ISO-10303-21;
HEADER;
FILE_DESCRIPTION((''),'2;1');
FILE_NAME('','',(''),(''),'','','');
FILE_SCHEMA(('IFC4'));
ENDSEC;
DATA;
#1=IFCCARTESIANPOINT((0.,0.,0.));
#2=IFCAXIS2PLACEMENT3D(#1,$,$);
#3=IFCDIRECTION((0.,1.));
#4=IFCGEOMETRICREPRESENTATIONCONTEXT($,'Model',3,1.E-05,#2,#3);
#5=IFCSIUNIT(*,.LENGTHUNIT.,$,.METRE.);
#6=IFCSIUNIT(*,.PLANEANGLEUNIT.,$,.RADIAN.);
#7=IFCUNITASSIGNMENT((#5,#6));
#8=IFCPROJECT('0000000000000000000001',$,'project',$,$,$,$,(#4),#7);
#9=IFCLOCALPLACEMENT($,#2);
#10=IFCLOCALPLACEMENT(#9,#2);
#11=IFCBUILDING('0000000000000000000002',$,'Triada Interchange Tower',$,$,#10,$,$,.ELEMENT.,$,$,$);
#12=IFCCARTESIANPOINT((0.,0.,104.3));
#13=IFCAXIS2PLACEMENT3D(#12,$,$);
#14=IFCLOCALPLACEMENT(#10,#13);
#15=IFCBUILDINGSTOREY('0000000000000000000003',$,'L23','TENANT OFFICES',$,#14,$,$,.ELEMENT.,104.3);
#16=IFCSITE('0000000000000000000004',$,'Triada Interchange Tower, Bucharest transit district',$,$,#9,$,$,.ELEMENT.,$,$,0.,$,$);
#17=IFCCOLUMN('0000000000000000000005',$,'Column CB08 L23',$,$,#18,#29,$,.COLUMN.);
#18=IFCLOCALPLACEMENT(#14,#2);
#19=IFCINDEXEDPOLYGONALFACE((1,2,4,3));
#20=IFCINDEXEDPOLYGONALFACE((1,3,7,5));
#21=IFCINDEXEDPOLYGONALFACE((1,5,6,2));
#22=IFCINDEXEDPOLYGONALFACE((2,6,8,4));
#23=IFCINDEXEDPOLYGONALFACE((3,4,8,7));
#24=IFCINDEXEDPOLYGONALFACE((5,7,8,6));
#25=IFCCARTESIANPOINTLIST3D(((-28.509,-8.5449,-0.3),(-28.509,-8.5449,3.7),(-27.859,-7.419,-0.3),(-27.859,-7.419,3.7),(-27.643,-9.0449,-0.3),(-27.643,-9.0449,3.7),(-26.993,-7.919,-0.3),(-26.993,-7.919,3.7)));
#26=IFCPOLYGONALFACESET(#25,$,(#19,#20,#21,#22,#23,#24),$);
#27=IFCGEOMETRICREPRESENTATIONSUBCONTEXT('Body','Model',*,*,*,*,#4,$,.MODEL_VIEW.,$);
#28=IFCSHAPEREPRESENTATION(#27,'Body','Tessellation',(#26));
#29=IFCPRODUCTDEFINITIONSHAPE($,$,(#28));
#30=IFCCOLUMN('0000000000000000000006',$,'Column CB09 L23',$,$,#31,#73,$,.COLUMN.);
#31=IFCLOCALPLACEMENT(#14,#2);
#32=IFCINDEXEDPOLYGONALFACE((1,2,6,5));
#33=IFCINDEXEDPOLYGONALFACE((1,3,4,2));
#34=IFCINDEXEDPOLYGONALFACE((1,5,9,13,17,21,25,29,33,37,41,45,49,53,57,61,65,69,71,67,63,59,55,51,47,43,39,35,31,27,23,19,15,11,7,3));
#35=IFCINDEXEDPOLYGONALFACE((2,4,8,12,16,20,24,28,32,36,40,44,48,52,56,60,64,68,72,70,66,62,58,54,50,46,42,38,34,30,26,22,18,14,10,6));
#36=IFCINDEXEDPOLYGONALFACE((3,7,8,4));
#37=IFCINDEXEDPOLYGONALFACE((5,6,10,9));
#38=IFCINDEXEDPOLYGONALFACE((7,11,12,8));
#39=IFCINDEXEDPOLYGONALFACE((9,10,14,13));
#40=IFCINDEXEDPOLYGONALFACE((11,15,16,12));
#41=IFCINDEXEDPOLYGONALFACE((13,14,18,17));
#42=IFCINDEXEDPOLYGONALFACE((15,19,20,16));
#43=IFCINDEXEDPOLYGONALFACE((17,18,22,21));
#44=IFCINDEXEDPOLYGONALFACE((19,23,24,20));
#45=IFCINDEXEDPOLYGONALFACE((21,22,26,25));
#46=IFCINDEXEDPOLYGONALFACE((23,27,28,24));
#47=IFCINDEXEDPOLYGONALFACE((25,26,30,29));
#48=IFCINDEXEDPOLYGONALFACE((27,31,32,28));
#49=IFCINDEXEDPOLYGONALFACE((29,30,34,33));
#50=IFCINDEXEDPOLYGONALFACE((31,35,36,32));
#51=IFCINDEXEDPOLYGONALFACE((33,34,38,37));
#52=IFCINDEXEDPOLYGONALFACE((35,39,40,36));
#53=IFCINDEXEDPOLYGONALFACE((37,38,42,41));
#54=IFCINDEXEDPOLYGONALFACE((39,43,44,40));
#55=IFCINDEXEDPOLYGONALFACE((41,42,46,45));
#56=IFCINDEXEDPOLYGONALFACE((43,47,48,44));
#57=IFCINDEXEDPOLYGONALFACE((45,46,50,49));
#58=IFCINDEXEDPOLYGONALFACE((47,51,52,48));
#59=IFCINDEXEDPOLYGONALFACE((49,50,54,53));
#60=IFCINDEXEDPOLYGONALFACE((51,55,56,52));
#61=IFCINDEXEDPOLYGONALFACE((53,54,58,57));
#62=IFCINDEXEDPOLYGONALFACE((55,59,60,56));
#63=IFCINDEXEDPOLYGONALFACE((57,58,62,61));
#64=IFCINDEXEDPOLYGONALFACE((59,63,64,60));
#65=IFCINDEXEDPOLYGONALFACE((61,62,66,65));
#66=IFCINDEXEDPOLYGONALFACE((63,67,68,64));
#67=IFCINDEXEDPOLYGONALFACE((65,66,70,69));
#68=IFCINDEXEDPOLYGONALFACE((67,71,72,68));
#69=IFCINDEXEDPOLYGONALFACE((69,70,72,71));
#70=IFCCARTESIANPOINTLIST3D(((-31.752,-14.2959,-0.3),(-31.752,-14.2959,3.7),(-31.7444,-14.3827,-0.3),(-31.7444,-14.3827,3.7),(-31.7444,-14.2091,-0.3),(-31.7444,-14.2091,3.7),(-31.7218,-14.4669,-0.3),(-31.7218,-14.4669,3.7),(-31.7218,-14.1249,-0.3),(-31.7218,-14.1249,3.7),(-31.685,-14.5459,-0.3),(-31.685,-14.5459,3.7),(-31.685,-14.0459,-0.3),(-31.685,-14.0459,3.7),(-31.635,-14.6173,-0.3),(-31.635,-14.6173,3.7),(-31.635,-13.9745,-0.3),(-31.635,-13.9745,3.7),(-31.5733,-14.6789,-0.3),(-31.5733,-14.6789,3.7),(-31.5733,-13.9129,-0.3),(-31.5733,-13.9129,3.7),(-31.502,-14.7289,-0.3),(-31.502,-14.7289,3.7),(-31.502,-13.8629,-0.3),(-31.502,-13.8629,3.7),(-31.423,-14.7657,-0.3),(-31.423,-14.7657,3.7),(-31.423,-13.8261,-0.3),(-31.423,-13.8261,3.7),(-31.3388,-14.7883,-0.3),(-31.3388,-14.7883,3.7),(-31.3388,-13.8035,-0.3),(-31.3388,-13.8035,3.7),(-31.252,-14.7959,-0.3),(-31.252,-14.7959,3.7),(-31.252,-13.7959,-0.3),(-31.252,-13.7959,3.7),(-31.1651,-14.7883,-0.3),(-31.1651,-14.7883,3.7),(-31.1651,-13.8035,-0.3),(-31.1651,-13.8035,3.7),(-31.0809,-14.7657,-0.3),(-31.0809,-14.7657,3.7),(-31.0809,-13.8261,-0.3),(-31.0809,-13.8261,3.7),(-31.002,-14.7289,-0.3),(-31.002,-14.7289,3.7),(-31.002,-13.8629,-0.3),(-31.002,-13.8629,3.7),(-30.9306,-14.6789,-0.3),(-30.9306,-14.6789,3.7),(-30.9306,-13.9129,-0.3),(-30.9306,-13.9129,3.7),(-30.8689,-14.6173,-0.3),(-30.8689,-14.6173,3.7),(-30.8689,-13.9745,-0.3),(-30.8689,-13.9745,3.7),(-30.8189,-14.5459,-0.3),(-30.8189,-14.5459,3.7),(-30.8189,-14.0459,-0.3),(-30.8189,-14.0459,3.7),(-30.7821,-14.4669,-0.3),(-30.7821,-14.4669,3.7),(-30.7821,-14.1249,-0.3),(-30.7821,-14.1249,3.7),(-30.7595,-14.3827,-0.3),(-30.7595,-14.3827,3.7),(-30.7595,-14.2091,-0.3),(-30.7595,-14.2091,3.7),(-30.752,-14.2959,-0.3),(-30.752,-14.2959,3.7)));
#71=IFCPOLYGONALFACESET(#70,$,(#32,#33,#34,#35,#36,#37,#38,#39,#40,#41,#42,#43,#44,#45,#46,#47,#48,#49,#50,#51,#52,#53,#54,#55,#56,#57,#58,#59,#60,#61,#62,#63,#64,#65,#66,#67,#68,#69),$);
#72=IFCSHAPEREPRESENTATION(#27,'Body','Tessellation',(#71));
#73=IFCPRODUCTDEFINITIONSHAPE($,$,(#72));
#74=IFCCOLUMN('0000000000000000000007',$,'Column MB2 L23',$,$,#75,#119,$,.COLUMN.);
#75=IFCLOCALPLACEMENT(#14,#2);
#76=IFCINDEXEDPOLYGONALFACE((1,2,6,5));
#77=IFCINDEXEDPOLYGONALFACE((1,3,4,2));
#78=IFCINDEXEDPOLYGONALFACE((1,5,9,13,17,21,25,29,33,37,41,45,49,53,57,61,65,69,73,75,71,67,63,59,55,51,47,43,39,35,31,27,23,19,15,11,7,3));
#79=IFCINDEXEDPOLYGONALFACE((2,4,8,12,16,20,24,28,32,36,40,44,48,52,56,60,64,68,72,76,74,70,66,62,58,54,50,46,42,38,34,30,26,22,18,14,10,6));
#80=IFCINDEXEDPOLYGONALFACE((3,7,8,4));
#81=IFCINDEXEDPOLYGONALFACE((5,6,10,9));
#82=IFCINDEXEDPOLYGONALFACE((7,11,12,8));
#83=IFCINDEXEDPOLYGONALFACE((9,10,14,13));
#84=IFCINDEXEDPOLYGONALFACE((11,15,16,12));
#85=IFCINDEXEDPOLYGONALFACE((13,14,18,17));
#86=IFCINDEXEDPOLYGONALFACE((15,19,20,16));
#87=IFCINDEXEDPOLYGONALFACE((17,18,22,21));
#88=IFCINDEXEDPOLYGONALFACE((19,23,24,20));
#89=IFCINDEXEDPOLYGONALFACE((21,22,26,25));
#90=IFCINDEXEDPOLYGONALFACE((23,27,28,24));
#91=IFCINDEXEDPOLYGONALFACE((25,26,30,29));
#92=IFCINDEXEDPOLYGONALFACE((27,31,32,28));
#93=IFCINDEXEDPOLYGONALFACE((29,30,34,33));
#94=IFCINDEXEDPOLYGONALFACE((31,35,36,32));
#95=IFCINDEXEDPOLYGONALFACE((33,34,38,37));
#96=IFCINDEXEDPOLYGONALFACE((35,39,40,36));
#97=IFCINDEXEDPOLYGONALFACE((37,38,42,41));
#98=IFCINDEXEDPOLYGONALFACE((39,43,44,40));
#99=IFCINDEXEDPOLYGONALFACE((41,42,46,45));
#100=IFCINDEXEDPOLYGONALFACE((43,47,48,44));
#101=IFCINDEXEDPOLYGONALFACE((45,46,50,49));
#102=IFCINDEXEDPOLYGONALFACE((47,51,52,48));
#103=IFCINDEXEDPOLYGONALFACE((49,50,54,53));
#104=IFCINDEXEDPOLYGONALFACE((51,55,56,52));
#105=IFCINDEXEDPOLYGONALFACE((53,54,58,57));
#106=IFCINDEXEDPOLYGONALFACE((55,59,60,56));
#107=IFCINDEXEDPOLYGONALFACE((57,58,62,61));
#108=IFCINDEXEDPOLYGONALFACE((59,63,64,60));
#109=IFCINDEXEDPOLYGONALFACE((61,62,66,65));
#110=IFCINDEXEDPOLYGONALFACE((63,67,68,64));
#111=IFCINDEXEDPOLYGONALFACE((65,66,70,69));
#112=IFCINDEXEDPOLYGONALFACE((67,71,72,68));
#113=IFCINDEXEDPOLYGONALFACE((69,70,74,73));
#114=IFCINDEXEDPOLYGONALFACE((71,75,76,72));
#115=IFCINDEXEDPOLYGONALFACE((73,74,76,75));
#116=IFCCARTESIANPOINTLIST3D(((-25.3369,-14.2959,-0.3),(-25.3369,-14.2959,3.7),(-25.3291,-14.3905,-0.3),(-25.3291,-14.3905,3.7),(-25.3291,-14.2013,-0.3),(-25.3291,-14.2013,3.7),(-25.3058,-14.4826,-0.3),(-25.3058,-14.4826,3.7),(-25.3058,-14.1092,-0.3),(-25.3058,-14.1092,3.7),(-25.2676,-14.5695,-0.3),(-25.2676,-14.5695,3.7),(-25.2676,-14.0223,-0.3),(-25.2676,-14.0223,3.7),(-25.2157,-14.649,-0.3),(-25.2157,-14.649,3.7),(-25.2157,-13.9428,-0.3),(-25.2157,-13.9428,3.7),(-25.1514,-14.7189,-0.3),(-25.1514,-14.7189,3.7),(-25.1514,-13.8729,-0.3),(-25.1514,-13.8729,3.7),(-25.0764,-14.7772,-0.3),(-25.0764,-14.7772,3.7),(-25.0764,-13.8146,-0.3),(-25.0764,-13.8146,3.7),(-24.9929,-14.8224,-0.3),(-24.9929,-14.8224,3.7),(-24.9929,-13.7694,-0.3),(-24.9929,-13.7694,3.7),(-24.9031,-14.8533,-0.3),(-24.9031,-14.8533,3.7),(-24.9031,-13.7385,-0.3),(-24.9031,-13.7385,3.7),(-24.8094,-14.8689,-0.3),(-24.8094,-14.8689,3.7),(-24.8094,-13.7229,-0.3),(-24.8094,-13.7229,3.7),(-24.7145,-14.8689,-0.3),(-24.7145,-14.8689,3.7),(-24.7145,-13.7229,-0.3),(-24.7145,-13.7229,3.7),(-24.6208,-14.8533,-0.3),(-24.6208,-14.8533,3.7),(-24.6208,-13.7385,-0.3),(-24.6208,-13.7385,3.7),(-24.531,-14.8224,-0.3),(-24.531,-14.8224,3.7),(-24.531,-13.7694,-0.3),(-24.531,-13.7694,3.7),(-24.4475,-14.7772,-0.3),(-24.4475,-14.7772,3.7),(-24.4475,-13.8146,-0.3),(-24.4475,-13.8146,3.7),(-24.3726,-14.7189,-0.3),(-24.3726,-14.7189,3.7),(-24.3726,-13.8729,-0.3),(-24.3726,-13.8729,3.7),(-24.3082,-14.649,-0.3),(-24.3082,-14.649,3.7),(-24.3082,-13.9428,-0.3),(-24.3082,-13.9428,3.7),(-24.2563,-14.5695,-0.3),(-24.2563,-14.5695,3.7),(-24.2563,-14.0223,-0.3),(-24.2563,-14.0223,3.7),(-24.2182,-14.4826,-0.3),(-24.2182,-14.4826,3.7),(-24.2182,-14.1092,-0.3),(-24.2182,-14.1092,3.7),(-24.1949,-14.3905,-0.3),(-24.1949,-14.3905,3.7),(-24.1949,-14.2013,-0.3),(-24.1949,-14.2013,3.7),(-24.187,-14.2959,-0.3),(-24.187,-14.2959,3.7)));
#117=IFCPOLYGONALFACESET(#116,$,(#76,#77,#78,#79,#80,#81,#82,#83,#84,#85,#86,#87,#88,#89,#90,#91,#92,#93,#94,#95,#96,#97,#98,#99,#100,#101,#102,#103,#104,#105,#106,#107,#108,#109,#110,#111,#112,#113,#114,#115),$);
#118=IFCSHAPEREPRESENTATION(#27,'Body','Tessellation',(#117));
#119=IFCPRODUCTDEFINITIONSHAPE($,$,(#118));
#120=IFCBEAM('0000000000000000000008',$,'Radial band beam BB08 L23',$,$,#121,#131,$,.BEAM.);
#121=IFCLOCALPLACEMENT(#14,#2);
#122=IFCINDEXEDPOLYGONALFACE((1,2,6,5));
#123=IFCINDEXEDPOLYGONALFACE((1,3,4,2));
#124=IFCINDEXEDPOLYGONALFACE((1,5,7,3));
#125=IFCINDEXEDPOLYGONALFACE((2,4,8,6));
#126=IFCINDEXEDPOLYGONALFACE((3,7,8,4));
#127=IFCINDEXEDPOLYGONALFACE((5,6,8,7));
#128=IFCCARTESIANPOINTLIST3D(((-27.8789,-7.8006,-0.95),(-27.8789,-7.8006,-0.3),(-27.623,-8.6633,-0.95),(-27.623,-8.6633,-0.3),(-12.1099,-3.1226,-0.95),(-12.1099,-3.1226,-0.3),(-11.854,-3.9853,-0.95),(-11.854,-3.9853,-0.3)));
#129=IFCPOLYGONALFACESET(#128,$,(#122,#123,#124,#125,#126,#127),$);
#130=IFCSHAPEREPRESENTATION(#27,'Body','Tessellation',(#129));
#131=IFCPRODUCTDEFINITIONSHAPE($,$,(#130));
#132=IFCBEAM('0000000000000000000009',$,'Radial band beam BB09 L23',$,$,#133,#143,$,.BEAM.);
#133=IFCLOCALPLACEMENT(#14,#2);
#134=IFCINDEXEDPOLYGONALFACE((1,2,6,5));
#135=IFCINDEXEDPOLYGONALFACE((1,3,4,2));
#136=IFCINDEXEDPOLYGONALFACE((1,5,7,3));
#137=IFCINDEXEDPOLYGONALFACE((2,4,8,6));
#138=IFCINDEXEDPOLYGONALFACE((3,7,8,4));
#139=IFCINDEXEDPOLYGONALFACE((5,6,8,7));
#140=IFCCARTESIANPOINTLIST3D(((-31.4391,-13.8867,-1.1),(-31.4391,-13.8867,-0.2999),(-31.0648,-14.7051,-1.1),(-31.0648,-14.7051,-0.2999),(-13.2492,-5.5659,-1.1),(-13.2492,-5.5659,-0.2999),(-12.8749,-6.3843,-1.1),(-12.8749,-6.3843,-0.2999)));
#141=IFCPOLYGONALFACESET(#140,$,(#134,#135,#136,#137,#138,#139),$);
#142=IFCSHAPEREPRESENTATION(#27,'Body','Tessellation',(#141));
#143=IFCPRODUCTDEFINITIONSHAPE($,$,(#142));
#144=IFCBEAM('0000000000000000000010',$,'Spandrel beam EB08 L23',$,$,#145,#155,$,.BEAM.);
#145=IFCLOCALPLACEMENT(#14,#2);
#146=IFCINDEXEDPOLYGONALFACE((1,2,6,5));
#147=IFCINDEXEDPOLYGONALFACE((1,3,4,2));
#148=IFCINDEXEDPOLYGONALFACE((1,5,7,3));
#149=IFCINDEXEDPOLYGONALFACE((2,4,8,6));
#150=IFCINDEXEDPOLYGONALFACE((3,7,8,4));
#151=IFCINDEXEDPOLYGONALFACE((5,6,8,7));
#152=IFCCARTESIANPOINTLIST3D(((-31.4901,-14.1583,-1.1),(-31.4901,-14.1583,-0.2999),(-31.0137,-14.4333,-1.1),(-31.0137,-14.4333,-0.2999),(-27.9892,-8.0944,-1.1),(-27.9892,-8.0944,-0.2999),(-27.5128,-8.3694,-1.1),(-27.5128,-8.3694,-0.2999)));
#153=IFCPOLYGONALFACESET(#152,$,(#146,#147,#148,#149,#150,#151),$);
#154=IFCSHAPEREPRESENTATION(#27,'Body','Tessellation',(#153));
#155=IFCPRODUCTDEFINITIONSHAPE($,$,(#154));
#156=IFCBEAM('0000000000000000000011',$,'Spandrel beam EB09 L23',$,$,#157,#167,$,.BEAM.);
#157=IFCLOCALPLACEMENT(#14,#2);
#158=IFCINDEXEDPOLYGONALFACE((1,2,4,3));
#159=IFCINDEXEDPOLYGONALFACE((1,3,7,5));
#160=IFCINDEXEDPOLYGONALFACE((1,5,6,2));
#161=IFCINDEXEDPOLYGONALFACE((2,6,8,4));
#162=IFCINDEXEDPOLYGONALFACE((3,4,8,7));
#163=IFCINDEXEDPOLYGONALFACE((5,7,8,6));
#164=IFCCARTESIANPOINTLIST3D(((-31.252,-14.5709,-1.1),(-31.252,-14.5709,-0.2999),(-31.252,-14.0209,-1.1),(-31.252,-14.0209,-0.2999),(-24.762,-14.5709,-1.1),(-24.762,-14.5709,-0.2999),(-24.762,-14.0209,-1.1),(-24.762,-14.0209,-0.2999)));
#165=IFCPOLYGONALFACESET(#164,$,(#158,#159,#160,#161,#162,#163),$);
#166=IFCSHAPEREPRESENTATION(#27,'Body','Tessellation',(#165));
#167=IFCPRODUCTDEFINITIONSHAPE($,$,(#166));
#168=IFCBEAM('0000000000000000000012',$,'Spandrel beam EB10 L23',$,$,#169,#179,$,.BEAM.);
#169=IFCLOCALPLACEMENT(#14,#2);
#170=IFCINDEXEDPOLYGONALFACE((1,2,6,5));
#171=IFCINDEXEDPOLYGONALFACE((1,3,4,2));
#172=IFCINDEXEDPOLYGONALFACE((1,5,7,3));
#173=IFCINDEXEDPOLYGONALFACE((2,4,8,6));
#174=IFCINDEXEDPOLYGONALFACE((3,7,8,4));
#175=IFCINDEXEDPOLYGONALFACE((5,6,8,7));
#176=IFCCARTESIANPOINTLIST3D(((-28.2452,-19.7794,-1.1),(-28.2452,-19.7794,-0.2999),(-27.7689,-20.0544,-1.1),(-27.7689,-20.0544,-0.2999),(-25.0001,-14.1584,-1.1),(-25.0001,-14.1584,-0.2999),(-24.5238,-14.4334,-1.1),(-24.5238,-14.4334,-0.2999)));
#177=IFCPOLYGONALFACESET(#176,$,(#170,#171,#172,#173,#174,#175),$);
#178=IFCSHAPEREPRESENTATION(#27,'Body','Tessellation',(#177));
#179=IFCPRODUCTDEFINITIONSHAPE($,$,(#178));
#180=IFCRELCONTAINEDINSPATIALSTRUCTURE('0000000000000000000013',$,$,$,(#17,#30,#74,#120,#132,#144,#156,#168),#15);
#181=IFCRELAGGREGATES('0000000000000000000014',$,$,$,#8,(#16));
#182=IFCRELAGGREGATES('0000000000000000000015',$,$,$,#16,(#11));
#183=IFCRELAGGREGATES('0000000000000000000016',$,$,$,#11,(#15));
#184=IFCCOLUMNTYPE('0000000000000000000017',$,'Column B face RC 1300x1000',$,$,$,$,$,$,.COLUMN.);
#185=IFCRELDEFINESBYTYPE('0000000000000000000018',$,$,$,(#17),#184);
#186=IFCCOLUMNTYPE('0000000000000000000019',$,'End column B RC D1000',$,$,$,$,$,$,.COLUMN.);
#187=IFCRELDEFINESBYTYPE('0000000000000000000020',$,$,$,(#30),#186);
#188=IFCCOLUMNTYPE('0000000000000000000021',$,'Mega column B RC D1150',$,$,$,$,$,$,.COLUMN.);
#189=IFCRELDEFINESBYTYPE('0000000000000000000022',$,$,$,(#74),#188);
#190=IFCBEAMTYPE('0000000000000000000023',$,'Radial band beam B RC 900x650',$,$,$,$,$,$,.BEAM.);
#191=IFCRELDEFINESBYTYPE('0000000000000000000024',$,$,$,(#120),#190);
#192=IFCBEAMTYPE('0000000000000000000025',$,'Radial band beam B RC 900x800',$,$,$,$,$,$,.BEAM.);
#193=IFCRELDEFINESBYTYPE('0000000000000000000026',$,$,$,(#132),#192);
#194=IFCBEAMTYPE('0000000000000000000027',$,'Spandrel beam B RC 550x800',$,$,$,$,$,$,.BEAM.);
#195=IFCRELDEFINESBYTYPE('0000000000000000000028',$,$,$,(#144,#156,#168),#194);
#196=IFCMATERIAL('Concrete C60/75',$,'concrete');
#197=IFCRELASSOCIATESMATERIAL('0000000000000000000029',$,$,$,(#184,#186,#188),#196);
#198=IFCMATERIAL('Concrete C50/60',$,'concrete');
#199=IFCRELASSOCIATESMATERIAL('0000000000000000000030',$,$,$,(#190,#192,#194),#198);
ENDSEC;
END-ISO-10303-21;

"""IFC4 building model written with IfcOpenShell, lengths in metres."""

from ifc_helpers import new_model, si_unit, direction, frame, origin, origin_2d, place, context, subcontext, project, spatial, rectangle, circle, extrude, material, material_profile, profile_set, type_object, element, save


model = new_model("IFC4")

# Units and contexts
model_context = context("Model", 3, precision=1e-05, world=origin(), true_north=direction((0.0, 1.0)))
body_context = subcontext(model_context, "Body", "Model", "MODEL_VIEW")
ifc_project = project(units=[si_unit("LENGTHUNIT", "METRE"), si_unit("PLANEANGLEUNIT", "RADIAN")], contexts=[model_context])

# Site, building, storey
site_placement = place(None, origin())
site = spatial("IfcSite", under=ifc_project, at=site_placement, Name="Triada Interchange Tower, Bucharest transit district", CompositionType="ELEMENT", RefElevation=0.0)
building_placement = place(site_placement, origin())
building = spatial("IfcBuilding", under=site, at=building_placement, Name="Triada Interchange Tower", CompositionType="ELEMENT")
storey_placement = place(building_placement, frame((0.0, 0.0, 104.3)))
storey = spatial("IfcBuildingStorey", under=building, at=storey_placement, Name="L23", Description="TENANT OFFICES", CompositionType="ELEMENT", Elevation=104.3)

# Columns
ifc_material_1 = material(Name="Concrete C60/75", Category="concrete")
ifc_material_profile_1 = material_profile(ifc_material_1, rectangle(XDim=1.3, YDim=1.0, at=origin_2d()), Name="RC 1300x1000")
ifc_profile_set_1 = profile_set([ifc_material_profile_1], Name="Concrete C60/75")
column_type_1 = type_object("IfcColumnType", Name="Column B face RC 1300x1000", PredefinedType="COLUMN", material=ifc_profile_set_1)
column_1_placement = place(storey_placement, frame((-27.751, -8.2319, -0.3), z_axis=(0.0, 0.0, 1.0), x_axis=(0.5, 0.866025, 0.0)))
element("IfcColumn", 1, at=column_1_placement, inside=storey, type_object=column_type_1, Name="Column CB08 L23", PredefinedType="COLUMN", context=body_context, shape_type="SweptSolid", body=[
    extrude(rectangle(XDim=1.3, YDim=1.0, at=origin_2d()), origin(), (0.0, 0.0, 1.0), 4.0),
])
ifc_material_profile_2 = material_profile(ifc_material_1, circle(Radius=0.5, at=origin_2d()), Name="RC D1000")
ifc_profile_set_2 = profile_set([ifc_material_profile_2], Name="Concrete C60/75")
column_type_2 = type_object("IfcColumnType", Name="End column B RC D1000", PredefinedType="COLUMN", material=ifc_profile_set_2)
column_2_placement = place(storey_placement, frame((-31.252, -14.2959, -0.3), z_axis=(0.0, 0.0, 1.0), x_axis=(0.5, 0.866025, 0.0)))
element("IfcColumn", 2, at=column_2_placement, inside=storey, type_object=column_type_2, Name="Column CB09 L23", PredefinedType="COLUMN", context=body_context, shape_type="SweptSolid", body=[
    extrude(circle(Radius=0.5, at=origin_2d()), origin(), (0.0, 0.0, 1.0), 4.0),
])
ifc_material_profile_3 = material_profile(ifc_material_1, circle(Radius=0.575, at=origin_2d()), Name="RC D1150")
ifc_profile_set_3 = profile_set([ifc_material_profile_3], Name="Concrete C60/75")
column_type_3 = type_object("IfcColumnType", Name="Mega column B RC D1150", PredefinedType="COLUMN", material=ifc_profile_set_3)
column_3_placement = place(storey_placement, frame((-24.762, -14.2959, -0.3), z_axis=(0.0, 0.0, 1.0), x_axis=(1.0, 0.0, 0.0)))
element("IfcColumn", 3, at=column_3_placement, inside=storey, type_object=column_type_3, Name="Column MB2 L23", PredefinedType="COLUMN", context=body_context, shape_type="SweptSolid", body=[
    extrude(circle(Radius=0.575, at=origin_2d()), origin(), (0.0, 0.0, 1.0), 4.0),
])

# Beams
ifc_material_2 = material(Name="Concrete C50/60", Category="concrete")
ifc_material_profile_4 = material_profile(ifc_material_2, rectangle(XDim=0.8999, YDim=0.6499, at=origin_2d()), Name="RC 900x650")
ifc_profile_set_4 = profile_set([ifc_material_profile_4], Name="Concrete C50/60")
beam_type_1 = type_object("IfcBeamType", Name="Radial band beam B RC 900x650", PredefinedType="BEAM", material=ifc_profile_set_4)
beam_1_placement = place(storey_placement, frame((-27.751, -8.2319, -0.625), z_axis=(0.958704, 0.284405, 0.0), x_axis=(-0.284405, 0.958704, 0.0)))
element("IfcBeam", 4, at=beam_1_placement, inside=storey, type_object=beam_type_1, Name="Radial band beam BB08 L23", PredefinedType="BEAM", context=body_context, shape_type="SweptSolid", body=[
    extrude(rectangle(XDim=0.8999, YDim=0.6499, at=origin_2d()), origin(), (0.0, 0.0, 1.0), 16.4482),
])
ifc_material_profile_5 = material_profile(ifc_material_2, rectangle(XDim=0.8999, YDim=0.8, at=origin_2d()), Name="RC 900x800")
ifc_profile_set_5 = profile_set([ifc_material_profile_5], Name="Concrete C50/60")
beam_type_2 = type_object("IfcBeamType", Name="Radial band beam B RC 900x800", PredefinedType="BEAM", material=ifc_profile_set_5)
beam_2_placement = place(storey_placement, frame((-31.252, -14.2959, -0.7), z_axis=(0.909372, 0.415983, 0.0), x_axis=(-0.415983, 0.909372, 0.0)))
element("IfcBeam", 5, at=beam_2_placement, inside=storey, type_object=beam_type_2, Name="Radial band beam BB09 L23", PredefinedType="BEAM", context=body_context, shape_type="SweptSolid", body=[
    extrude(rectangle(XDim=0.8999, YDim=0.8, at=origin_2d()), origin(), (0.0, 0.0, 1.0), 20.0027),
])
ifc_material_profile_6 = material_profile(ifc_material_2, rectangle(XDim=0.55, YDim=0.8, at=origin_2d()), Name="RC 550x800")
ifc_profile_set_6 = profile_set([ifc_material_profile_6], Name="Concrete C50/60")
beam_type_3 = type_object("IfcBeamType", Name="Spandrel beam B RC 550x800", PredefinedType="BEAM", material=ifc_profile_set_6)
beam_3_placement = place(storey_placement, frame((-27.751, -8.2319, -0.7), z_axis=(-0.499994, -0.866029, 0.0), x_axis=(0.866029, -0.499994, 0.0)))
element("IfcBeam", 6, at=beam_3_placement, inside=storey, type_object=beam_type_3, Name="Spandrel beam EB08 L23", PredefinedType="BEAM", context=body_context, shape_type="SweptSolid", body=[
    extrude(rectangle(XDim=0.55, YDim=0.8, at=origin_2d()), origin(), (0.0, 0.0, 1.0), 7.002),
])
beam_4_placement = place(storey_placement, frame((-31.252, -14.2959, -0.7), z_axis=(1.0, 0.0, 0.0), x_axis=(0.0, 1.0, 0.0)))
element("IfcBeam", 7, at=beam_4_placement, inside=storey, type_object=beam_type_3, Name="Spandrel beam EB09 L23", PredefinedType="BEAM", context=body_context, shape_type="SweptSolid", body=[
    extrude(rectangle(XDim=0.55, YDim=0.8, at=origin_2d()), origin(), (0.0, 0.0, 1.0), 6.49),
])
beam_5_placement = place(storey_placement, frame((-24.762, -14.2959, -0.7), z_axis=(-0.499974, -0.86604, 0.0), x_axis=(0.86604, -0.499974, 0.0)))
element("IfcBeam", 8, at=beam_5_placement, inside=storey, type_object=beam_type_3, Name="Spandrel beam EB10 L23", PredefinedType="BEAM", context=body_context, shape_type="SweptSolid", body=[
    extrude(rectangle(XDim=0.55, YDim=0.8, at=origin_2d()), origin(), (0.0, 0.0, 1.0), 6.4905),
])

save(model, "model.ifc")
